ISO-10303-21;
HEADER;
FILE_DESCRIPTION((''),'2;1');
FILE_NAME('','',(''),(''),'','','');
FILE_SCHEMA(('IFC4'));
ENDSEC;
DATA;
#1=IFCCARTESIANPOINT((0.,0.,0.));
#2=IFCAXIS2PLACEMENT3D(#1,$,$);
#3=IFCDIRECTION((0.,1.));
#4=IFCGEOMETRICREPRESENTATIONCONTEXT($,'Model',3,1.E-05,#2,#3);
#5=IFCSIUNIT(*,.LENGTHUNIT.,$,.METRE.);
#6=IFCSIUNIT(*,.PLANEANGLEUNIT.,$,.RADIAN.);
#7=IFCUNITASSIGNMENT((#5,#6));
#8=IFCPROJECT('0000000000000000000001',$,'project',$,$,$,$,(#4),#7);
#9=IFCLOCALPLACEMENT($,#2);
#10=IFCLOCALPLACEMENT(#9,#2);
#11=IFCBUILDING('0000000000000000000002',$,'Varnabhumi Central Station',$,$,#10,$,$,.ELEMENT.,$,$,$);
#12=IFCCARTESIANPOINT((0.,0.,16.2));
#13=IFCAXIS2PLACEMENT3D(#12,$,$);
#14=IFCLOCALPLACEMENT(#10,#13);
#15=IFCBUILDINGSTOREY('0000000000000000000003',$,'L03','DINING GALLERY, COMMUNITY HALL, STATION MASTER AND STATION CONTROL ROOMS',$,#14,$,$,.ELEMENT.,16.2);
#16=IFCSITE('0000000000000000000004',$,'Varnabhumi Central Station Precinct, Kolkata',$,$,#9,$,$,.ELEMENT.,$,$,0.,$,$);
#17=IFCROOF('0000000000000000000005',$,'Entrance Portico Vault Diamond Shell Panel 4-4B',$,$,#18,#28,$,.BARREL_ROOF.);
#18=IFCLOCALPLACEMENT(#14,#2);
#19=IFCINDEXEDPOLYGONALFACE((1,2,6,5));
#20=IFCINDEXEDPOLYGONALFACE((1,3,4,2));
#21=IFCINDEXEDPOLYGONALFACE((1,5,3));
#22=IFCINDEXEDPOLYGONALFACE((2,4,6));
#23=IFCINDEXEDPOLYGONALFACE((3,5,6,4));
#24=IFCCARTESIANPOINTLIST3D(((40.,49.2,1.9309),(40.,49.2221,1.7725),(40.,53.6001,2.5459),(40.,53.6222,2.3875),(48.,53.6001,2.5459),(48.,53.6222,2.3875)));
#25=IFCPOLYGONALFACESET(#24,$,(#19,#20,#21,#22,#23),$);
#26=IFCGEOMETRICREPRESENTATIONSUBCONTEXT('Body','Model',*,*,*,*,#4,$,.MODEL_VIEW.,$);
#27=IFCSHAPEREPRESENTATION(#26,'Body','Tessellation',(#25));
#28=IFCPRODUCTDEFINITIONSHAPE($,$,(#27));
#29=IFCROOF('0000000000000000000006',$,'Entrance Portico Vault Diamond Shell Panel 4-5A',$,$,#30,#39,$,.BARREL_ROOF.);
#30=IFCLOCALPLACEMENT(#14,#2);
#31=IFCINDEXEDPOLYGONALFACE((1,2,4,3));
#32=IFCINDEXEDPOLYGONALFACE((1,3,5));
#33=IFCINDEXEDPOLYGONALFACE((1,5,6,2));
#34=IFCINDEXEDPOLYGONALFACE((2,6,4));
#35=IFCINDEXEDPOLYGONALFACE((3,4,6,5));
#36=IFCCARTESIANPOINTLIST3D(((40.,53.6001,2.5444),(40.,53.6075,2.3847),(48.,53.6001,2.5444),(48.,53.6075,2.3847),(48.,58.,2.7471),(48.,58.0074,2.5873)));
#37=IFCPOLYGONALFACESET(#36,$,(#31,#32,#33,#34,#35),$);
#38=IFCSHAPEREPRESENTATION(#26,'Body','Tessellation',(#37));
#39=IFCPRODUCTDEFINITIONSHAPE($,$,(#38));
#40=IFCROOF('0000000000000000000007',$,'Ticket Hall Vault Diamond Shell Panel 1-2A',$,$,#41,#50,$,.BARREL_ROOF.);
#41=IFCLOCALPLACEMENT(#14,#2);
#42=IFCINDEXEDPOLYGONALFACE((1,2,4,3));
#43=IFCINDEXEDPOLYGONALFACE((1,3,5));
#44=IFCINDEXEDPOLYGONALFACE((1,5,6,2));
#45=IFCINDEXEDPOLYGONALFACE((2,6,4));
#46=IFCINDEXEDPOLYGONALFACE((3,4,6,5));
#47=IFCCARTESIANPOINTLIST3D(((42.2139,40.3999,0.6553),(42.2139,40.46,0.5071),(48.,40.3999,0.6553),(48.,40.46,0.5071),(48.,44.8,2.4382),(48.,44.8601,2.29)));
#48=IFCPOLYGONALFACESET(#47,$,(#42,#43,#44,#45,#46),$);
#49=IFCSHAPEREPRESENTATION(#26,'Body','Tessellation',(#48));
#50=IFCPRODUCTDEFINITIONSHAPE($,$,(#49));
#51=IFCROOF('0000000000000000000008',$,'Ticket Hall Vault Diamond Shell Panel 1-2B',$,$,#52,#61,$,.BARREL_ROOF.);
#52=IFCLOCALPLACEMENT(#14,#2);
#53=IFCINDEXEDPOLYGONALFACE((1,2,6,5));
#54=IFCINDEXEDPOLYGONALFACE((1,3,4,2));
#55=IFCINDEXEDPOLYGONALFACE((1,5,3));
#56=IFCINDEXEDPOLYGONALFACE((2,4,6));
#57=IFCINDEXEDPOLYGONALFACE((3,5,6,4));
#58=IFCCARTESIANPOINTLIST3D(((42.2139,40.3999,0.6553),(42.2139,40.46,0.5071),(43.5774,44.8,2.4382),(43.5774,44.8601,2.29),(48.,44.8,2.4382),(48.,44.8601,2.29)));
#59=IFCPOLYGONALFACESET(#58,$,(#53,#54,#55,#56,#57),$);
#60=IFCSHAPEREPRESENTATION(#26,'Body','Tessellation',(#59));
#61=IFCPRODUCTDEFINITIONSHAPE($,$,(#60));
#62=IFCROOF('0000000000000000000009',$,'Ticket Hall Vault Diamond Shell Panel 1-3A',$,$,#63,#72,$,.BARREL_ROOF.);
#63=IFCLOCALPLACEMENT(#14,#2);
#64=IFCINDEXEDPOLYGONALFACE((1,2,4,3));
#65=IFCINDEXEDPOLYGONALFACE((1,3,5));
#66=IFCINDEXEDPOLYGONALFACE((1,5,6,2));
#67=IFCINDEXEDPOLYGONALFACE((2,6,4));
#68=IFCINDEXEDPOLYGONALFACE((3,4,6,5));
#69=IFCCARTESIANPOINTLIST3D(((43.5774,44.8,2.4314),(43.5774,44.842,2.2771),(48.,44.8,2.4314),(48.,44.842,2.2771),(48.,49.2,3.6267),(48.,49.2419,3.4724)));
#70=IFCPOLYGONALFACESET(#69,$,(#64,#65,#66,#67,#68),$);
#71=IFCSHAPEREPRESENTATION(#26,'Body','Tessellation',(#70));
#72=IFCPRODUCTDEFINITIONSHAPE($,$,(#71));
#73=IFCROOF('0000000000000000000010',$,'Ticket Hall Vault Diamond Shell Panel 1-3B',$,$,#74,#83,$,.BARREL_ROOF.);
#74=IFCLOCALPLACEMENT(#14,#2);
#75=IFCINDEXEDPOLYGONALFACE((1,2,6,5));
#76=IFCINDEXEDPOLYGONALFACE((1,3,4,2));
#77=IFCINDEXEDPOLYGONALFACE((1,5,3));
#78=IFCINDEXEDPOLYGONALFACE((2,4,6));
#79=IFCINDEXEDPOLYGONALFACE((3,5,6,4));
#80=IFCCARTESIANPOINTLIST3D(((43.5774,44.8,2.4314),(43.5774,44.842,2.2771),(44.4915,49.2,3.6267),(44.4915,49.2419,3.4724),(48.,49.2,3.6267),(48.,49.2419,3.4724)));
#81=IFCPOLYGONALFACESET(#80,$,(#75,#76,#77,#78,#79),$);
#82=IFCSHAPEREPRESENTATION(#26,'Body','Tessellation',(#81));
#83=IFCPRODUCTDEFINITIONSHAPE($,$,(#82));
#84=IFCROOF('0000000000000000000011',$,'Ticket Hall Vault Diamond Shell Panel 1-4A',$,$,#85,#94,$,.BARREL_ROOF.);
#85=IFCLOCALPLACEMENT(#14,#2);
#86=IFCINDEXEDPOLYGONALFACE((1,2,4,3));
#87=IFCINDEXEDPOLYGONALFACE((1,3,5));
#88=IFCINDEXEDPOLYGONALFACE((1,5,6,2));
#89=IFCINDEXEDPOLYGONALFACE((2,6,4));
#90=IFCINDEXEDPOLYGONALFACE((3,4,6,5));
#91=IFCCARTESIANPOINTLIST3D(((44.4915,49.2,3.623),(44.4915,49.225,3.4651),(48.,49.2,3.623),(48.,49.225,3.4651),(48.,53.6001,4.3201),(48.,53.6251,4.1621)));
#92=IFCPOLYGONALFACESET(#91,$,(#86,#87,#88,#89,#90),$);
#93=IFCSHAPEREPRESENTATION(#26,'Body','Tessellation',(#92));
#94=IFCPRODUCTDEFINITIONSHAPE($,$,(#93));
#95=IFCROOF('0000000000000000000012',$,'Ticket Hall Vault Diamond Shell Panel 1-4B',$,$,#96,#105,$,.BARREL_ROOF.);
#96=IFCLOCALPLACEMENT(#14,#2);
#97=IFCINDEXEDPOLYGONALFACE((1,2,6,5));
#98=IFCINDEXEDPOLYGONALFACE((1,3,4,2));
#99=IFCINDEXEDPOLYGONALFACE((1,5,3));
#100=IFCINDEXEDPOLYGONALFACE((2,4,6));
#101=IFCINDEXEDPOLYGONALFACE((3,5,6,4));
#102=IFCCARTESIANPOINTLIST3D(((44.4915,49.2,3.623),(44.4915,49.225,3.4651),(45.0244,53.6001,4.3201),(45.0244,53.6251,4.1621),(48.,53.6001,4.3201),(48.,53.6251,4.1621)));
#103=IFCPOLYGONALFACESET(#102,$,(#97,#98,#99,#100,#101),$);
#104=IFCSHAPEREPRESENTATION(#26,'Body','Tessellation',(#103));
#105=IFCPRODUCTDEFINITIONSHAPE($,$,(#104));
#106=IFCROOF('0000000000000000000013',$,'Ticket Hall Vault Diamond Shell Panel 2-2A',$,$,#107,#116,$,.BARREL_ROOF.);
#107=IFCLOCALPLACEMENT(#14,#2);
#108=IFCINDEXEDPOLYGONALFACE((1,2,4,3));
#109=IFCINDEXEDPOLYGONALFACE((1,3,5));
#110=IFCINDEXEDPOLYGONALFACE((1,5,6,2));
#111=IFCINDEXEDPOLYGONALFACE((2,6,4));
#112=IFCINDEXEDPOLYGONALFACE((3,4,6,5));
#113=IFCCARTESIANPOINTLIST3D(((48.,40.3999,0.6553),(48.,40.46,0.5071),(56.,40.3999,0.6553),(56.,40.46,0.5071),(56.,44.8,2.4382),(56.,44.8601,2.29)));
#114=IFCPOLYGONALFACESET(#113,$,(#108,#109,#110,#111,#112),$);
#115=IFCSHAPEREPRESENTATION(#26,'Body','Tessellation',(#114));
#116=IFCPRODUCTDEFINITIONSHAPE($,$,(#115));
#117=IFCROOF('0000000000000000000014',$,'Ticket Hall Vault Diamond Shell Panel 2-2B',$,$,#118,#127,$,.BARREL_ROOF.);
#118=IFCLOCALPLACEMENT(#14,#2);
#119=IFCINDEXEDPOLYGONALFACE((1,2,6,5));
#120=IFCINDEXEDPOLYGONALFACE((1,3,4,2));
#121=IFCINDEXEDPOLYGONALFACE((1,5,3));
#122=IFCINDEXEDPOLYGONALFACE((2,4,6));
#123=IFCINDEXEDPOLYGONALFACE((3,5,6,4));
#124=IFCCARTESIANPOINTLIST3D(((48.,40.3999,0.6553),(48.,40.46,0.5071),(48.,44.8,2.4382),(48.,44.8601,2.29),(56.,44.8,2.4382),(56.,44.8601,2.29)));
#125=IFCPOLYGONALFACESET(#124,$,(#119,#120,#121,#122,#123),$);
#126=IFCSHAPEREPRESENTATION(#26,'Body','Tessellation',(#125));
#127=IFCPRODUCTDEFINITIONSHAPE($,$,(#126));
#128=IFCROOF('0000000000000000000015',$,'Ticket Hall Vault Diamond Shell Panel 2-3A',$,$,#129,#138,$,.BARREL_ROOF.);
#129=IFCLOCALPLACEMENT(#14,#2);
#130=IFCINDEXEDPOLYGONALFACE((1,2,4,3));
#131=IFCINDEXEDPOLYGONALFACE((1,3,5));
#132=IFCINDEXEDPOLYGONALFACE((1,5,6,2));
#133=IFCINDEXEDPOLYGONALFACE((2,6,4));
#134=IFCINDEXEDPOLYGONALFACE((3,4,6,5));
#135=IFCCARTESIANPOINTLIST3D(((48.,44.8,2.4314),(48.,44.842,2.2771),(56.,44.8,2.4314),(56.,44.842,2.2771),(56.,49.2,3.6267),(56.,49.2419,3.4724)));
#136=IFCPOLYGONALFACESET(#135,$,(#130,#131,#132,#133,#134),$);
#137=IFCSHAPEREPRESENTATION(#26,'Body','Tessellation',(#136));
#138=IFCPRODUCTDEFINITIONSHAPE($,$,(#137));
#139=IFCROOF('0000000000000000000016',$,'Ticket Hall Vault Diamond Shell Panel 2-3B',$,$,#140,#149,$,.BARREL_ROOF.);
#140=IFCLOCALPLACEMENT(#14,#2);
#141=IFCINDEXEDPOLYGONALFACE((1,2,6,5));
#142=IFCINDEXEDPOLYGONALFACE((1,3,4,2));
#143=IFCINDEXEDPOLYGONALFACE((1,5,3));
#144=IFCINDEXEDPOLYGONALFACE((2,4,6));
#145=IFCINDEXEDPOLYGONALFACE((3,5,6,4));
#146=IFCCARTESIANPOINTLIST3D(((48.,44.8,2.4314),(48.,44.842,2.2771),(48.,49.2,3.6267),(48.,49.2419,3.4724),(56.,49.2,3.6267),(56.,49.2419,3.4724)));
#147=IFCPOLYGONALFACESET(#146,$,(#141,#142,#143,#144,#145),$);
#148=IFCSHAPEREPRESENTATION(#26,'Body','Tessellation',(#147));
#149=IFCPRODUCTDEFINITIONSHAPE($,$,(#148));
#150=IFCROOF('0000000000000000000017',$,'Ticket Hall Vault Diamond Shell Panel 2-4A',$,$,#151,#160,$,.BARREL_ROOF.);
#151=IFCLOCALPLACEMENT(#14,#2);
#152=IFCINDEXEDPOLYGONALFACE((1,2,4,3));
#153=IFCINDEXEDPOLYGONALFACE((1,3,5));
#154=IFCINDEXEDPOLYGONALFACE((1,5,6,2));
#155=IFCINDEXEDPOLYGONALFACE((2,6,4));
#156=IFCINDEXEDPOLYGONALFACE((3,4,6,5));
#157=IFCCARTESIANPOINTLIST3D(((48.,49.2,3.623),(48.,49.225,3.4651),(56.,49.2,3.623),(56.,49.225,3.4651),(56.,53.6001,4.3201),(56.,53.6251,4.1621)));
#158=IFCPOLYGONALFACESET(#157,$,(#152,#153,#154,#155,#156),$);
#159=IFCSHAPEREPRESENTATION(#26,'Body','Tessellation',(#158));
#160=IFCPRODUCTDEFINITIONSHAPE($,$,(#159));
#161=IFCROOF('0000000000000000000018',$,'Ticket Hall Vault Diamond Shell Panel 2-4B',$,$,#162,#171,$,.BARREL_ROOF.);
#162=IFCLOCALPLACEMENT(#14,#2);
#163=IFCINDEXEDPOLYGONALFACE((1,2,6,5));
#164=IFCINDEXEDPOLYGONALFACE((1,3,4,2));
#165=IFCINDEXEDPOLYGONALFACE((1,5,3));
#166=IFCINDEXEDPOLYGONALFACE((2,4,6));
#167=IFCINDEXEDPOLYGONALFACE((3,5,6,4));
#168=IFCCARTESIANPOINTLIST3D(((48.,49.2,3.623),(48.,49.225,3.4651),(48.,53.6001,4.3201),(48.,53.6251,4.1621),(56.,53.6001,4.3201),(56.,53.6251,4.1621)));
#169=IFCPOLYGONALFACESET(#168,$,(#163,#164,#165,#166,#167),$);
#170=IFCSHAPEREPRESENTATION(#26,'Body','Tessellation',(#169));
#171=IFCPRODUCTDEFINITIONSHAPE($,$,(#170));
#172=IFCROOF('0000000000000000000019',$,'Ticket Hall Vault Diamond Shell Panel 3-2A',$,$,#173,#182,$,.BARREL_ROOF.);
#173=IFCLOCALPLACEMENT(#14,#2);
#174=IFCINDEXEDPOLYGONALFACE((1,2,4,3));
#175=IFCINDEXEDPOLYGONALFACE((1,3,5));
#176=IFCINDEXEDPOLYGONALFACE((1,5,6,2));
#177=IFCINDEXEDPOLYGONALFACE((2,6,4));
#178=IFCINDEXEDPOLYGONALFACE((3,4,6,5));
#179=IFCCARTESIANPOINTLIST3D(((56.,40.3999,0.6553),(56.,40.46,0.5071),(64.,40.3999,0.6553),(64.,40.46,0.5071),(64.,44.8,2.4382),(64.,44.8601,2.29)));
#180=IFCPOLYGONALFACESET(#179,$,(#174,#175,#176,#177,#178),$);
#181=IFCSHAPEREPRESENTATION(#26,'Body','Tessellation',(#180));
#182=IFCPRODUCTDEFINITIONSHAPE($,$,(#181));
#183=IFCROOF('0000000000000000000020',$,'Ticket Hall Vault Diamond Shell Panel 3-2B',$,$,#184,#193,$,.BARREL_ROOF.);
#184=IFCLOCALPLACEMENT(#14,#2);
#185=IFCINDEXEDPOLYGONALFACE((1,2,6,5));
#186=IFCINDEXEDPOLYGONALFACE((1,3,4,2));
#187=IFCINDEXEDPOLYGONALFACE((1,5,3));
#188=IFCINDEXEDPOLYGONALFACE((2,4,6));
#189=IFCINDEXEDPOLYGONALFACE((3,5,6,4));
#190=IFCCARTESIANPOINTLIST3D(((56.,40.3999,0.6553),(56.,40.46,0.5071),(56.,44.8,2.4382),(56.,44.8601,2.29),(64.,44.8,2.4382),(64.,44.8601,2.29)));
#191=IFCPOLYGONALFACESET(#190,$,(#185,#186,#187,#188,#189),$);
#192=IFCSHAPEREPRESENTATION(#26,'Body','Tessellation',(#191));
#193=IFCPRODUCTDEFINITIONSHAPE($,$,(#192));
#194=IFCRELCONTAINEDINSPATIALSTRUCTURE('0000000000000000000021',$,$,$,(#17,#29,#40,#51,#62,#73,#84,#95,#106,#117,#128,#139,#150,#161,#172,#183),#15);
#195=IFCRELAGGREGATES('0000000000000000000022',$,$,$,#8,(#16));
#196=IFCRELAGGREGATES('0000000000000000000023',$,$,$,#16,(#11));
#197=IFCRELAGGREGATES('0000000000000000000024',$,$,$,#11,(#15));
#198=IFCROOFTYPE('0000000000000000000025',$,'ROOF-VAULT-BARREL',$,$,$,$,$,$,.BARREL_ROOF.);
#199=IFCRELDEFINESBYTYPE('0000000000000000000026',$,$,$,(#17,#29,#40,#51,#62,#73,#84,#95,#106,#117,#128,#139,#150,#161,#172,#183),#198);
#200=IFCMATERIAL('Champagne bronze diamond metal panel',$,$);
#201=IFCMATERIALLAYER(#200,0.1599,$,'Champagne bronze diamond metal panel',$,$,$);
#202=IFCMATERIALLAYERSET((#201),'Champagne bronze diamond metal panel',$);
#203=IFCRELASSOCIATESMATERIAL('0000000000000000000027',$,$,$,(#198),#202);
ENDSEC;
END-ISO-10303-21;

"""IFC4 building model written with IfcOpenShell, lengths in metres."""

from ifc_helpers import new_model, si_unit, direction, frame, origin, place, context, subcontext, project, spatial, polyline, outline, extrude, material, layer, layer_set, type_object, element, save


model = new_model("IFC4")

# Units and contexts
model_context = context("Model", 3, precision=1e-05, world=origin(), true_north=direction((0.0, 1.0)))
body_context = subcontext(model_context, "Body", "Model", "MODEL_VIEW")
ifc_project = project(units=[si_unit("LENGTHUNIT", "METRE"), si_unit("PLANEANGLEUNIT", "RADIAN")], contexts=[model_context])

# Site, building, storey
site_placement = place(None, origin())
site = spatial("IfcSite", under=ifc_project, at=site_placement, Name="Varnabhumi Central Station Precinct, Kolkata", CompositionType="ELEMENT", RefElevation=0.0)
building_placement = place(site_placement, origin())
building = spatial("IfcBuilding", under=site, at=building_placement, Name="Varnabhumi Central Station", CompositionType="ELEMENT")
storey_placement = place(building_placement, frame((0.0, 0.0, 16.2)))
storey = spatial("IfcBuildingStorey", under=building, at=storey_placement, Name="L03", Description="DINING GALLERY, COMMUNITY HALL, STATION MASTER AND STATION CONTROL ROOMS", CompositionType="ELEMENT", Elevation=16.2)

# Roofs
ifc_material_1 = material(Name="Champagne bronze diamond metal panel")
ifc_layer_1 = layer(ifc_material_1, 0.1599, Name="Champagne bronze diamond metal panel")
ifc_layer_set_1 = layer_set([ifc_layer_1], Name="Champagne bronze diamond metal panel")
roof_type = type_object("IfcRoofType", Name="ROOF-VAULT-BARREL", PredefinedType="BARREL_ROOF", material=ifc_layer_set_1)
roof_1_placement = place(storey_placement, frame((40.0, 49.2, 1.9309), z_axis=(0.0, -0.13842, 0.990374), x_axis=(0.874228, 0.480842, 0.067205)))
element("IfcRoof", 1, at=roof_1_placement, inside=storey, type_object=roof_type, Name="Entrance Portico Vault Diamond Shell Panel 4-4B", PredefinedType="BARREL_ROOF", context=body_context, shape_type="SweptSolid", body=[
    extrude(outline(polyline([(0.0, 0.0), (9.1509, 0.0), (2.1571, 3.8841), (0.0, 0.0)])), origin(), (0.0, 0.0, -1.0), 0.1599),
])
roof_2_placement = place(storey_placement, frame((40.0, 53.6001, 2.5444), z_axis=(0.0, -0.046006, 0.998941), x_axis=(1.0, 0.0, 0.0)))
element("IfcRoof", 2, at=roof_2_placement, inside=storey, type_object=roof_type, Name="Entrance Portico Vault Diamond Shell Panel 4-5A", PredefinedType="BARREL_ROOF", context=body_context, shape_type="SweptSolid", body=[
    extrude(outline(polyline([(0.0, 0.0), (8.0, 0.0), (8.0, 4.4046), (0.0, 0.0)])), origin(), (0.0, 0.0, -1.0), 0.1599),
])
roof_3_placement = place(storey_placement, frame((42.2139, 40.3999, 0.6553), z_axis=(0.0, -0.375545, 0.926804), x_axis=(1.0, 0.0, 0.0)))
element("IfcRoof", 3, at=roof_3_placement, inside=storey, type_object=roof_type, Name="Ticket Hall Vault Diamond Shell Panel 1-2A", PredefinedType="BARREL_ROOF", context=body_context, shape_type="SweptSolid", body=[
    extrude(outline(polyline([(0.0, 0.0), (5.7861, 0.0), (5.7861, 4.7477), (0.0, 0.0)])), origin(), (0.0, 0.0, -1.0), 0.1599),
])
roof_4_placement = place(storey_placement, frame((42.2139, 40.3999, 0.6553), z_axis=(0.0, -0.375545, 0.926804), x_axis=(0.773069, 0.587892, 0.238216)))
element("IfcRoof", 4, at=roof_4_placement, inside=storey, type_object=roof_type, Name="Ticket Hall Vault Diamond Shell Panel 1-2B", PredefinedType="BARREL_ROOF", context=body_context, shape_type="SweptSolid", body=[
    extrude(outline(polyline([(0.0, 0.0), (7.4846, 0.0), (4.0656, 2.8054), (0.0, 0.0)])), origin(), (0.0, 0.0, -1.0), 0.1599),
])
roof_5_placement = place(storey_placement, frame((43.5774, 44.8, 2.4314), z_axis=(0.0, -0.262166, 0.965023), x_axis=(1.0, 0.0, 0.0)))
element("IfcRoof", 5, at=roof_5_placement, inside=storey, type_object=roof_type, Name="Ticket Hall Vault Diamond Shell Panel 1-3A", PredefinedType="BARREL_ROOF", context=body_context, shape_type="SweptSolid", body=[
    extrude(outline(polyline([(0.0, 0.0), (4.4226, 0.0), (4.4226, 4.5594), (0.0, 0.0)])), origin(), (0.0, 0.0, -1.0), 0.1599),
])
roof_6_placement = place(storey_placement, frame((43.5774, 44.8, 2.4314), z_axis=(0.0, -0.262166, 0.965023), x_axis=(0.696259, 0.692684, 0.18818)))
element("IfcRoof", 6, at=roof_6_placement, inside=storey, type_object=roof_type, Name="Ticket Hall Vault Diamond Shell Panel 1-3B", PredefinedType="BARREL_ROOF", context=body_context, shape_type="SweptSolid", body=[
    extrude(outline(polyline([(0.0, 0.0), (6.352, 0.0), (3.9091, 2.5184), (0.0, 0.0)])), origin(), (0.0, 0.0, -1.0), 0.1599),
])
roof_7_placement = place(storey_placement, frame((44.4915, 49.2, 3.623), z_axis=(0.0, -0.156458, 0.987685), x_axis=(1.0, 0.0, 0.0)))
element("IfcRoof", 7, at=roof_7_placement, inside=storey, type_object=roof_type, Name="Ticket Hall Vault Diamond Shell Panel 1-4A", PredefinedType="BARREL_ROOF", context=body_context, shape_type="SweptSolid", body=[
    extrude(outline(polyline([(0.0, 0.0), (3.5085, 0.0), (3.5085, 4.455), (0.0, 0.0)])), origin(), (0.0, 0.0, -1.0), 0.1599),
])
roof_8_placement = place(storey_placement, frame((44.4915, 49.2, 3.623), z_axis=(0.0, -0.156458, 0.987685), x_axis=(0.618713, 0.775942, 0.122916)))
element("IfcRoof", 8, at=roof_8_placement, inside=storey, type_object=roof_type, Name="Ticket Hall Vault Diamond Shell Panel 1-4B", PredefinedType="BARREL_ROOF", context=body_context, shape_type="SweptSolid", body=[
    extrude(outline(polyline([(0.0, 0.0), (5.6707, 0.0), (3.8297, 2.3377), (0.0, 0.0)])), origin(), (0.0, 0.0, -1.0), 0.1599),
])
roof_9_placement = place(storey_placement, frame((48.0, 40.3999, 0.6553), z_axis=(0.0, -0.375545, 0.926804), x_axis=(1.0, 0.0, 0.0)))
element("IfcRoof", 9, at=roof_9_placement, inside=storey, type_object=roof_type, Name="Ticket Hall Vault Diamond Shell Panel 2-2A", PredefinedType="BARREL_ROOF", context=body_context, shape_type="SweptSolid", body=[
    extrude(outline(polyline([(0.0, 0.0), (8.0, 0.0), (8.0, 4.7477), (0.0, 0.0)])), origin(), (0.0, 0.0, -1.0), 0.1599),
])
roof_10_placement = place(storey_placement, frame((48.0, 40.3999, 0.6553), z_axis=(0.0, -0.375545, 0.926804), x_axis=(0.859965, 0.472997, 0.19166)))
element("IfcRoof", 10, at=roof_10_placement, inside=storey, type_object=roof_type, Name="Ticket Hall Vault Diamond Shell Panel 2-2B", PredefinedType="BARREL_ROOF", context=body_context, shape_type="SweptSolid", body=[
    extrude(outline(polyline([(0.0, 0.0), (9.3027, 0.0), (2.423, 4.0828), (0.0, 0.0)])), origin(), (0.0, 0.0, -1.0), 0.1599),
])
roof_11_placement = place(storey_placement, frame((48.0, 44.8, 2.4314), z_axis=(0.0, -0.262166, 0.965023), x_axis=(1.0, 0.0, 0.0)))
element("IfcRoof", 11, at=roof_11_placement, inside=storey, type_object=roof_type, Name="Ticket Hall Vault Diamond Shell Panel 2-3A", PredefinedType="BARREL_ROOF", context=body_context, shape_type="SweptSolid", body=[
    extrude(outline(polyline([(0.0, 0.0), (8.0, 0.0), (8.0, 4.5594), (0.0, 0.0)])), origin(), (0.0, 0.0, -1.0), 0.1599),
])
roof_12_placement = place(storey_placement, frame((48.0, 44.8, 2.4314), z_axis=(0.0, -0.262166, 0.965023), x_axis=(0.868806, 0.477833, 0.129812)))
element("IfcRoof", 12, at=roof_12_placement, inside=storey, type_object=roof_type, Name="Ticket Hall Vault Diamond Shell Panel 2-3B", PredefinedType="BARREL_ROOF", context=body_context, shape_type="SweptSolid", body=[
    extrude(outline(polyline([(0.0, 0.0), (9.208, 0.0), (2.2576, 3.9612), (0.0, 0.0)])), origin(), (0.0, 0.0, -1.0), 0.1599),
])
roof_13_placement = place(storey_placement, frame((48.0, 49.2, 3.623), z_axis=(0.0, -0.156458, 0.987685), x_axis=(1.0, 0.0, 0.0)))
element("IfcRoof", 13, at=roof_13_placement, inside=storey, type_object=roof_type, Name="Ticket Hall Vault Diamond Shell Panel 2-4A", PredefinedType="BARREL_ROOF", context=body_context, shape_type="SweptSolid", body=[
    extrude(outline(polyline([(0.0, 0.0), (8.0, 0.0), (8.0, 4.455), (0.0, 0.0)])), origin(), (0.0, 0.0, -1.0), 0.1599),
])
roof_14_placement = place(storey_placement, frame((48.0, 49.2, 3.623), z_axis=(0.0, -0.156458, 0.987685), x_axis=(0.873667, 0.480533, 0.076121)))
element("IfcRoof", 14, at=roof_14_placement, inside=storey, type_object=roof_type, Name="Ticket Hall Vault Diamond Shell Panel 2-4B", PredefinedType="BARREL_ROOF", context=body_context, shape_type="SweptSolid", body=[
    extrude(outline(polyline([(0.0, 0.0), (9.1568, 0.0), (2.1675, 3.8922), (0.0, 0.0)])), origin(), (0.0, 0.0, -1.0), 0.1599),
])
roof_15_placement = place(storey_placement, frame((56.0, 40.3999, 0.6553), z_axis=(0.0, -0.375545, 0.926804), x_axis=(1.0, 0.0, 0.0)))
element("IfcRoof", 15, at=roof_15_placement, inside=storey, type_object=roof_type, Name="Ticket Hall Vault Diamond Shell Panel 3-2A", PredefinedType="BARREL_ROOF", context=body_context, shape_type="SweptSolid", body=[
    extrude(outline(polyline([(0.0, 0.0), (8.0, 0.0), (8.0, 4.7477), (0.0, 0.0)])), origin(), (0.0, 0.0, -1.0), 0.1599),
])
roof_16_placement = place(storey_placement, frame((56.0, 40.3999, 0.6553), z_axis=(0.0, -0.375545, 0.926804), x_axis=(0.859965, 0.472997, 0.19166)))
element("IfcRoof", 16, at=roof_16_placement, inside=storey, type_object=roof_type, Name="Ticket Hall Vault Diamond Shell Panel 3-2B", PredefinedType="BARREL_ROOF", context=body_context, shape_type="SweptSolid", body=[
    extrude(outline(polyline([(0.0, 0.0), (9.3027, 0.0), (2.423, 4.0828), (0.0, 0.0)])), origin(), (0.0, 0.0, -1.0), 0.1599),
])

save(model, "model.ifc")
